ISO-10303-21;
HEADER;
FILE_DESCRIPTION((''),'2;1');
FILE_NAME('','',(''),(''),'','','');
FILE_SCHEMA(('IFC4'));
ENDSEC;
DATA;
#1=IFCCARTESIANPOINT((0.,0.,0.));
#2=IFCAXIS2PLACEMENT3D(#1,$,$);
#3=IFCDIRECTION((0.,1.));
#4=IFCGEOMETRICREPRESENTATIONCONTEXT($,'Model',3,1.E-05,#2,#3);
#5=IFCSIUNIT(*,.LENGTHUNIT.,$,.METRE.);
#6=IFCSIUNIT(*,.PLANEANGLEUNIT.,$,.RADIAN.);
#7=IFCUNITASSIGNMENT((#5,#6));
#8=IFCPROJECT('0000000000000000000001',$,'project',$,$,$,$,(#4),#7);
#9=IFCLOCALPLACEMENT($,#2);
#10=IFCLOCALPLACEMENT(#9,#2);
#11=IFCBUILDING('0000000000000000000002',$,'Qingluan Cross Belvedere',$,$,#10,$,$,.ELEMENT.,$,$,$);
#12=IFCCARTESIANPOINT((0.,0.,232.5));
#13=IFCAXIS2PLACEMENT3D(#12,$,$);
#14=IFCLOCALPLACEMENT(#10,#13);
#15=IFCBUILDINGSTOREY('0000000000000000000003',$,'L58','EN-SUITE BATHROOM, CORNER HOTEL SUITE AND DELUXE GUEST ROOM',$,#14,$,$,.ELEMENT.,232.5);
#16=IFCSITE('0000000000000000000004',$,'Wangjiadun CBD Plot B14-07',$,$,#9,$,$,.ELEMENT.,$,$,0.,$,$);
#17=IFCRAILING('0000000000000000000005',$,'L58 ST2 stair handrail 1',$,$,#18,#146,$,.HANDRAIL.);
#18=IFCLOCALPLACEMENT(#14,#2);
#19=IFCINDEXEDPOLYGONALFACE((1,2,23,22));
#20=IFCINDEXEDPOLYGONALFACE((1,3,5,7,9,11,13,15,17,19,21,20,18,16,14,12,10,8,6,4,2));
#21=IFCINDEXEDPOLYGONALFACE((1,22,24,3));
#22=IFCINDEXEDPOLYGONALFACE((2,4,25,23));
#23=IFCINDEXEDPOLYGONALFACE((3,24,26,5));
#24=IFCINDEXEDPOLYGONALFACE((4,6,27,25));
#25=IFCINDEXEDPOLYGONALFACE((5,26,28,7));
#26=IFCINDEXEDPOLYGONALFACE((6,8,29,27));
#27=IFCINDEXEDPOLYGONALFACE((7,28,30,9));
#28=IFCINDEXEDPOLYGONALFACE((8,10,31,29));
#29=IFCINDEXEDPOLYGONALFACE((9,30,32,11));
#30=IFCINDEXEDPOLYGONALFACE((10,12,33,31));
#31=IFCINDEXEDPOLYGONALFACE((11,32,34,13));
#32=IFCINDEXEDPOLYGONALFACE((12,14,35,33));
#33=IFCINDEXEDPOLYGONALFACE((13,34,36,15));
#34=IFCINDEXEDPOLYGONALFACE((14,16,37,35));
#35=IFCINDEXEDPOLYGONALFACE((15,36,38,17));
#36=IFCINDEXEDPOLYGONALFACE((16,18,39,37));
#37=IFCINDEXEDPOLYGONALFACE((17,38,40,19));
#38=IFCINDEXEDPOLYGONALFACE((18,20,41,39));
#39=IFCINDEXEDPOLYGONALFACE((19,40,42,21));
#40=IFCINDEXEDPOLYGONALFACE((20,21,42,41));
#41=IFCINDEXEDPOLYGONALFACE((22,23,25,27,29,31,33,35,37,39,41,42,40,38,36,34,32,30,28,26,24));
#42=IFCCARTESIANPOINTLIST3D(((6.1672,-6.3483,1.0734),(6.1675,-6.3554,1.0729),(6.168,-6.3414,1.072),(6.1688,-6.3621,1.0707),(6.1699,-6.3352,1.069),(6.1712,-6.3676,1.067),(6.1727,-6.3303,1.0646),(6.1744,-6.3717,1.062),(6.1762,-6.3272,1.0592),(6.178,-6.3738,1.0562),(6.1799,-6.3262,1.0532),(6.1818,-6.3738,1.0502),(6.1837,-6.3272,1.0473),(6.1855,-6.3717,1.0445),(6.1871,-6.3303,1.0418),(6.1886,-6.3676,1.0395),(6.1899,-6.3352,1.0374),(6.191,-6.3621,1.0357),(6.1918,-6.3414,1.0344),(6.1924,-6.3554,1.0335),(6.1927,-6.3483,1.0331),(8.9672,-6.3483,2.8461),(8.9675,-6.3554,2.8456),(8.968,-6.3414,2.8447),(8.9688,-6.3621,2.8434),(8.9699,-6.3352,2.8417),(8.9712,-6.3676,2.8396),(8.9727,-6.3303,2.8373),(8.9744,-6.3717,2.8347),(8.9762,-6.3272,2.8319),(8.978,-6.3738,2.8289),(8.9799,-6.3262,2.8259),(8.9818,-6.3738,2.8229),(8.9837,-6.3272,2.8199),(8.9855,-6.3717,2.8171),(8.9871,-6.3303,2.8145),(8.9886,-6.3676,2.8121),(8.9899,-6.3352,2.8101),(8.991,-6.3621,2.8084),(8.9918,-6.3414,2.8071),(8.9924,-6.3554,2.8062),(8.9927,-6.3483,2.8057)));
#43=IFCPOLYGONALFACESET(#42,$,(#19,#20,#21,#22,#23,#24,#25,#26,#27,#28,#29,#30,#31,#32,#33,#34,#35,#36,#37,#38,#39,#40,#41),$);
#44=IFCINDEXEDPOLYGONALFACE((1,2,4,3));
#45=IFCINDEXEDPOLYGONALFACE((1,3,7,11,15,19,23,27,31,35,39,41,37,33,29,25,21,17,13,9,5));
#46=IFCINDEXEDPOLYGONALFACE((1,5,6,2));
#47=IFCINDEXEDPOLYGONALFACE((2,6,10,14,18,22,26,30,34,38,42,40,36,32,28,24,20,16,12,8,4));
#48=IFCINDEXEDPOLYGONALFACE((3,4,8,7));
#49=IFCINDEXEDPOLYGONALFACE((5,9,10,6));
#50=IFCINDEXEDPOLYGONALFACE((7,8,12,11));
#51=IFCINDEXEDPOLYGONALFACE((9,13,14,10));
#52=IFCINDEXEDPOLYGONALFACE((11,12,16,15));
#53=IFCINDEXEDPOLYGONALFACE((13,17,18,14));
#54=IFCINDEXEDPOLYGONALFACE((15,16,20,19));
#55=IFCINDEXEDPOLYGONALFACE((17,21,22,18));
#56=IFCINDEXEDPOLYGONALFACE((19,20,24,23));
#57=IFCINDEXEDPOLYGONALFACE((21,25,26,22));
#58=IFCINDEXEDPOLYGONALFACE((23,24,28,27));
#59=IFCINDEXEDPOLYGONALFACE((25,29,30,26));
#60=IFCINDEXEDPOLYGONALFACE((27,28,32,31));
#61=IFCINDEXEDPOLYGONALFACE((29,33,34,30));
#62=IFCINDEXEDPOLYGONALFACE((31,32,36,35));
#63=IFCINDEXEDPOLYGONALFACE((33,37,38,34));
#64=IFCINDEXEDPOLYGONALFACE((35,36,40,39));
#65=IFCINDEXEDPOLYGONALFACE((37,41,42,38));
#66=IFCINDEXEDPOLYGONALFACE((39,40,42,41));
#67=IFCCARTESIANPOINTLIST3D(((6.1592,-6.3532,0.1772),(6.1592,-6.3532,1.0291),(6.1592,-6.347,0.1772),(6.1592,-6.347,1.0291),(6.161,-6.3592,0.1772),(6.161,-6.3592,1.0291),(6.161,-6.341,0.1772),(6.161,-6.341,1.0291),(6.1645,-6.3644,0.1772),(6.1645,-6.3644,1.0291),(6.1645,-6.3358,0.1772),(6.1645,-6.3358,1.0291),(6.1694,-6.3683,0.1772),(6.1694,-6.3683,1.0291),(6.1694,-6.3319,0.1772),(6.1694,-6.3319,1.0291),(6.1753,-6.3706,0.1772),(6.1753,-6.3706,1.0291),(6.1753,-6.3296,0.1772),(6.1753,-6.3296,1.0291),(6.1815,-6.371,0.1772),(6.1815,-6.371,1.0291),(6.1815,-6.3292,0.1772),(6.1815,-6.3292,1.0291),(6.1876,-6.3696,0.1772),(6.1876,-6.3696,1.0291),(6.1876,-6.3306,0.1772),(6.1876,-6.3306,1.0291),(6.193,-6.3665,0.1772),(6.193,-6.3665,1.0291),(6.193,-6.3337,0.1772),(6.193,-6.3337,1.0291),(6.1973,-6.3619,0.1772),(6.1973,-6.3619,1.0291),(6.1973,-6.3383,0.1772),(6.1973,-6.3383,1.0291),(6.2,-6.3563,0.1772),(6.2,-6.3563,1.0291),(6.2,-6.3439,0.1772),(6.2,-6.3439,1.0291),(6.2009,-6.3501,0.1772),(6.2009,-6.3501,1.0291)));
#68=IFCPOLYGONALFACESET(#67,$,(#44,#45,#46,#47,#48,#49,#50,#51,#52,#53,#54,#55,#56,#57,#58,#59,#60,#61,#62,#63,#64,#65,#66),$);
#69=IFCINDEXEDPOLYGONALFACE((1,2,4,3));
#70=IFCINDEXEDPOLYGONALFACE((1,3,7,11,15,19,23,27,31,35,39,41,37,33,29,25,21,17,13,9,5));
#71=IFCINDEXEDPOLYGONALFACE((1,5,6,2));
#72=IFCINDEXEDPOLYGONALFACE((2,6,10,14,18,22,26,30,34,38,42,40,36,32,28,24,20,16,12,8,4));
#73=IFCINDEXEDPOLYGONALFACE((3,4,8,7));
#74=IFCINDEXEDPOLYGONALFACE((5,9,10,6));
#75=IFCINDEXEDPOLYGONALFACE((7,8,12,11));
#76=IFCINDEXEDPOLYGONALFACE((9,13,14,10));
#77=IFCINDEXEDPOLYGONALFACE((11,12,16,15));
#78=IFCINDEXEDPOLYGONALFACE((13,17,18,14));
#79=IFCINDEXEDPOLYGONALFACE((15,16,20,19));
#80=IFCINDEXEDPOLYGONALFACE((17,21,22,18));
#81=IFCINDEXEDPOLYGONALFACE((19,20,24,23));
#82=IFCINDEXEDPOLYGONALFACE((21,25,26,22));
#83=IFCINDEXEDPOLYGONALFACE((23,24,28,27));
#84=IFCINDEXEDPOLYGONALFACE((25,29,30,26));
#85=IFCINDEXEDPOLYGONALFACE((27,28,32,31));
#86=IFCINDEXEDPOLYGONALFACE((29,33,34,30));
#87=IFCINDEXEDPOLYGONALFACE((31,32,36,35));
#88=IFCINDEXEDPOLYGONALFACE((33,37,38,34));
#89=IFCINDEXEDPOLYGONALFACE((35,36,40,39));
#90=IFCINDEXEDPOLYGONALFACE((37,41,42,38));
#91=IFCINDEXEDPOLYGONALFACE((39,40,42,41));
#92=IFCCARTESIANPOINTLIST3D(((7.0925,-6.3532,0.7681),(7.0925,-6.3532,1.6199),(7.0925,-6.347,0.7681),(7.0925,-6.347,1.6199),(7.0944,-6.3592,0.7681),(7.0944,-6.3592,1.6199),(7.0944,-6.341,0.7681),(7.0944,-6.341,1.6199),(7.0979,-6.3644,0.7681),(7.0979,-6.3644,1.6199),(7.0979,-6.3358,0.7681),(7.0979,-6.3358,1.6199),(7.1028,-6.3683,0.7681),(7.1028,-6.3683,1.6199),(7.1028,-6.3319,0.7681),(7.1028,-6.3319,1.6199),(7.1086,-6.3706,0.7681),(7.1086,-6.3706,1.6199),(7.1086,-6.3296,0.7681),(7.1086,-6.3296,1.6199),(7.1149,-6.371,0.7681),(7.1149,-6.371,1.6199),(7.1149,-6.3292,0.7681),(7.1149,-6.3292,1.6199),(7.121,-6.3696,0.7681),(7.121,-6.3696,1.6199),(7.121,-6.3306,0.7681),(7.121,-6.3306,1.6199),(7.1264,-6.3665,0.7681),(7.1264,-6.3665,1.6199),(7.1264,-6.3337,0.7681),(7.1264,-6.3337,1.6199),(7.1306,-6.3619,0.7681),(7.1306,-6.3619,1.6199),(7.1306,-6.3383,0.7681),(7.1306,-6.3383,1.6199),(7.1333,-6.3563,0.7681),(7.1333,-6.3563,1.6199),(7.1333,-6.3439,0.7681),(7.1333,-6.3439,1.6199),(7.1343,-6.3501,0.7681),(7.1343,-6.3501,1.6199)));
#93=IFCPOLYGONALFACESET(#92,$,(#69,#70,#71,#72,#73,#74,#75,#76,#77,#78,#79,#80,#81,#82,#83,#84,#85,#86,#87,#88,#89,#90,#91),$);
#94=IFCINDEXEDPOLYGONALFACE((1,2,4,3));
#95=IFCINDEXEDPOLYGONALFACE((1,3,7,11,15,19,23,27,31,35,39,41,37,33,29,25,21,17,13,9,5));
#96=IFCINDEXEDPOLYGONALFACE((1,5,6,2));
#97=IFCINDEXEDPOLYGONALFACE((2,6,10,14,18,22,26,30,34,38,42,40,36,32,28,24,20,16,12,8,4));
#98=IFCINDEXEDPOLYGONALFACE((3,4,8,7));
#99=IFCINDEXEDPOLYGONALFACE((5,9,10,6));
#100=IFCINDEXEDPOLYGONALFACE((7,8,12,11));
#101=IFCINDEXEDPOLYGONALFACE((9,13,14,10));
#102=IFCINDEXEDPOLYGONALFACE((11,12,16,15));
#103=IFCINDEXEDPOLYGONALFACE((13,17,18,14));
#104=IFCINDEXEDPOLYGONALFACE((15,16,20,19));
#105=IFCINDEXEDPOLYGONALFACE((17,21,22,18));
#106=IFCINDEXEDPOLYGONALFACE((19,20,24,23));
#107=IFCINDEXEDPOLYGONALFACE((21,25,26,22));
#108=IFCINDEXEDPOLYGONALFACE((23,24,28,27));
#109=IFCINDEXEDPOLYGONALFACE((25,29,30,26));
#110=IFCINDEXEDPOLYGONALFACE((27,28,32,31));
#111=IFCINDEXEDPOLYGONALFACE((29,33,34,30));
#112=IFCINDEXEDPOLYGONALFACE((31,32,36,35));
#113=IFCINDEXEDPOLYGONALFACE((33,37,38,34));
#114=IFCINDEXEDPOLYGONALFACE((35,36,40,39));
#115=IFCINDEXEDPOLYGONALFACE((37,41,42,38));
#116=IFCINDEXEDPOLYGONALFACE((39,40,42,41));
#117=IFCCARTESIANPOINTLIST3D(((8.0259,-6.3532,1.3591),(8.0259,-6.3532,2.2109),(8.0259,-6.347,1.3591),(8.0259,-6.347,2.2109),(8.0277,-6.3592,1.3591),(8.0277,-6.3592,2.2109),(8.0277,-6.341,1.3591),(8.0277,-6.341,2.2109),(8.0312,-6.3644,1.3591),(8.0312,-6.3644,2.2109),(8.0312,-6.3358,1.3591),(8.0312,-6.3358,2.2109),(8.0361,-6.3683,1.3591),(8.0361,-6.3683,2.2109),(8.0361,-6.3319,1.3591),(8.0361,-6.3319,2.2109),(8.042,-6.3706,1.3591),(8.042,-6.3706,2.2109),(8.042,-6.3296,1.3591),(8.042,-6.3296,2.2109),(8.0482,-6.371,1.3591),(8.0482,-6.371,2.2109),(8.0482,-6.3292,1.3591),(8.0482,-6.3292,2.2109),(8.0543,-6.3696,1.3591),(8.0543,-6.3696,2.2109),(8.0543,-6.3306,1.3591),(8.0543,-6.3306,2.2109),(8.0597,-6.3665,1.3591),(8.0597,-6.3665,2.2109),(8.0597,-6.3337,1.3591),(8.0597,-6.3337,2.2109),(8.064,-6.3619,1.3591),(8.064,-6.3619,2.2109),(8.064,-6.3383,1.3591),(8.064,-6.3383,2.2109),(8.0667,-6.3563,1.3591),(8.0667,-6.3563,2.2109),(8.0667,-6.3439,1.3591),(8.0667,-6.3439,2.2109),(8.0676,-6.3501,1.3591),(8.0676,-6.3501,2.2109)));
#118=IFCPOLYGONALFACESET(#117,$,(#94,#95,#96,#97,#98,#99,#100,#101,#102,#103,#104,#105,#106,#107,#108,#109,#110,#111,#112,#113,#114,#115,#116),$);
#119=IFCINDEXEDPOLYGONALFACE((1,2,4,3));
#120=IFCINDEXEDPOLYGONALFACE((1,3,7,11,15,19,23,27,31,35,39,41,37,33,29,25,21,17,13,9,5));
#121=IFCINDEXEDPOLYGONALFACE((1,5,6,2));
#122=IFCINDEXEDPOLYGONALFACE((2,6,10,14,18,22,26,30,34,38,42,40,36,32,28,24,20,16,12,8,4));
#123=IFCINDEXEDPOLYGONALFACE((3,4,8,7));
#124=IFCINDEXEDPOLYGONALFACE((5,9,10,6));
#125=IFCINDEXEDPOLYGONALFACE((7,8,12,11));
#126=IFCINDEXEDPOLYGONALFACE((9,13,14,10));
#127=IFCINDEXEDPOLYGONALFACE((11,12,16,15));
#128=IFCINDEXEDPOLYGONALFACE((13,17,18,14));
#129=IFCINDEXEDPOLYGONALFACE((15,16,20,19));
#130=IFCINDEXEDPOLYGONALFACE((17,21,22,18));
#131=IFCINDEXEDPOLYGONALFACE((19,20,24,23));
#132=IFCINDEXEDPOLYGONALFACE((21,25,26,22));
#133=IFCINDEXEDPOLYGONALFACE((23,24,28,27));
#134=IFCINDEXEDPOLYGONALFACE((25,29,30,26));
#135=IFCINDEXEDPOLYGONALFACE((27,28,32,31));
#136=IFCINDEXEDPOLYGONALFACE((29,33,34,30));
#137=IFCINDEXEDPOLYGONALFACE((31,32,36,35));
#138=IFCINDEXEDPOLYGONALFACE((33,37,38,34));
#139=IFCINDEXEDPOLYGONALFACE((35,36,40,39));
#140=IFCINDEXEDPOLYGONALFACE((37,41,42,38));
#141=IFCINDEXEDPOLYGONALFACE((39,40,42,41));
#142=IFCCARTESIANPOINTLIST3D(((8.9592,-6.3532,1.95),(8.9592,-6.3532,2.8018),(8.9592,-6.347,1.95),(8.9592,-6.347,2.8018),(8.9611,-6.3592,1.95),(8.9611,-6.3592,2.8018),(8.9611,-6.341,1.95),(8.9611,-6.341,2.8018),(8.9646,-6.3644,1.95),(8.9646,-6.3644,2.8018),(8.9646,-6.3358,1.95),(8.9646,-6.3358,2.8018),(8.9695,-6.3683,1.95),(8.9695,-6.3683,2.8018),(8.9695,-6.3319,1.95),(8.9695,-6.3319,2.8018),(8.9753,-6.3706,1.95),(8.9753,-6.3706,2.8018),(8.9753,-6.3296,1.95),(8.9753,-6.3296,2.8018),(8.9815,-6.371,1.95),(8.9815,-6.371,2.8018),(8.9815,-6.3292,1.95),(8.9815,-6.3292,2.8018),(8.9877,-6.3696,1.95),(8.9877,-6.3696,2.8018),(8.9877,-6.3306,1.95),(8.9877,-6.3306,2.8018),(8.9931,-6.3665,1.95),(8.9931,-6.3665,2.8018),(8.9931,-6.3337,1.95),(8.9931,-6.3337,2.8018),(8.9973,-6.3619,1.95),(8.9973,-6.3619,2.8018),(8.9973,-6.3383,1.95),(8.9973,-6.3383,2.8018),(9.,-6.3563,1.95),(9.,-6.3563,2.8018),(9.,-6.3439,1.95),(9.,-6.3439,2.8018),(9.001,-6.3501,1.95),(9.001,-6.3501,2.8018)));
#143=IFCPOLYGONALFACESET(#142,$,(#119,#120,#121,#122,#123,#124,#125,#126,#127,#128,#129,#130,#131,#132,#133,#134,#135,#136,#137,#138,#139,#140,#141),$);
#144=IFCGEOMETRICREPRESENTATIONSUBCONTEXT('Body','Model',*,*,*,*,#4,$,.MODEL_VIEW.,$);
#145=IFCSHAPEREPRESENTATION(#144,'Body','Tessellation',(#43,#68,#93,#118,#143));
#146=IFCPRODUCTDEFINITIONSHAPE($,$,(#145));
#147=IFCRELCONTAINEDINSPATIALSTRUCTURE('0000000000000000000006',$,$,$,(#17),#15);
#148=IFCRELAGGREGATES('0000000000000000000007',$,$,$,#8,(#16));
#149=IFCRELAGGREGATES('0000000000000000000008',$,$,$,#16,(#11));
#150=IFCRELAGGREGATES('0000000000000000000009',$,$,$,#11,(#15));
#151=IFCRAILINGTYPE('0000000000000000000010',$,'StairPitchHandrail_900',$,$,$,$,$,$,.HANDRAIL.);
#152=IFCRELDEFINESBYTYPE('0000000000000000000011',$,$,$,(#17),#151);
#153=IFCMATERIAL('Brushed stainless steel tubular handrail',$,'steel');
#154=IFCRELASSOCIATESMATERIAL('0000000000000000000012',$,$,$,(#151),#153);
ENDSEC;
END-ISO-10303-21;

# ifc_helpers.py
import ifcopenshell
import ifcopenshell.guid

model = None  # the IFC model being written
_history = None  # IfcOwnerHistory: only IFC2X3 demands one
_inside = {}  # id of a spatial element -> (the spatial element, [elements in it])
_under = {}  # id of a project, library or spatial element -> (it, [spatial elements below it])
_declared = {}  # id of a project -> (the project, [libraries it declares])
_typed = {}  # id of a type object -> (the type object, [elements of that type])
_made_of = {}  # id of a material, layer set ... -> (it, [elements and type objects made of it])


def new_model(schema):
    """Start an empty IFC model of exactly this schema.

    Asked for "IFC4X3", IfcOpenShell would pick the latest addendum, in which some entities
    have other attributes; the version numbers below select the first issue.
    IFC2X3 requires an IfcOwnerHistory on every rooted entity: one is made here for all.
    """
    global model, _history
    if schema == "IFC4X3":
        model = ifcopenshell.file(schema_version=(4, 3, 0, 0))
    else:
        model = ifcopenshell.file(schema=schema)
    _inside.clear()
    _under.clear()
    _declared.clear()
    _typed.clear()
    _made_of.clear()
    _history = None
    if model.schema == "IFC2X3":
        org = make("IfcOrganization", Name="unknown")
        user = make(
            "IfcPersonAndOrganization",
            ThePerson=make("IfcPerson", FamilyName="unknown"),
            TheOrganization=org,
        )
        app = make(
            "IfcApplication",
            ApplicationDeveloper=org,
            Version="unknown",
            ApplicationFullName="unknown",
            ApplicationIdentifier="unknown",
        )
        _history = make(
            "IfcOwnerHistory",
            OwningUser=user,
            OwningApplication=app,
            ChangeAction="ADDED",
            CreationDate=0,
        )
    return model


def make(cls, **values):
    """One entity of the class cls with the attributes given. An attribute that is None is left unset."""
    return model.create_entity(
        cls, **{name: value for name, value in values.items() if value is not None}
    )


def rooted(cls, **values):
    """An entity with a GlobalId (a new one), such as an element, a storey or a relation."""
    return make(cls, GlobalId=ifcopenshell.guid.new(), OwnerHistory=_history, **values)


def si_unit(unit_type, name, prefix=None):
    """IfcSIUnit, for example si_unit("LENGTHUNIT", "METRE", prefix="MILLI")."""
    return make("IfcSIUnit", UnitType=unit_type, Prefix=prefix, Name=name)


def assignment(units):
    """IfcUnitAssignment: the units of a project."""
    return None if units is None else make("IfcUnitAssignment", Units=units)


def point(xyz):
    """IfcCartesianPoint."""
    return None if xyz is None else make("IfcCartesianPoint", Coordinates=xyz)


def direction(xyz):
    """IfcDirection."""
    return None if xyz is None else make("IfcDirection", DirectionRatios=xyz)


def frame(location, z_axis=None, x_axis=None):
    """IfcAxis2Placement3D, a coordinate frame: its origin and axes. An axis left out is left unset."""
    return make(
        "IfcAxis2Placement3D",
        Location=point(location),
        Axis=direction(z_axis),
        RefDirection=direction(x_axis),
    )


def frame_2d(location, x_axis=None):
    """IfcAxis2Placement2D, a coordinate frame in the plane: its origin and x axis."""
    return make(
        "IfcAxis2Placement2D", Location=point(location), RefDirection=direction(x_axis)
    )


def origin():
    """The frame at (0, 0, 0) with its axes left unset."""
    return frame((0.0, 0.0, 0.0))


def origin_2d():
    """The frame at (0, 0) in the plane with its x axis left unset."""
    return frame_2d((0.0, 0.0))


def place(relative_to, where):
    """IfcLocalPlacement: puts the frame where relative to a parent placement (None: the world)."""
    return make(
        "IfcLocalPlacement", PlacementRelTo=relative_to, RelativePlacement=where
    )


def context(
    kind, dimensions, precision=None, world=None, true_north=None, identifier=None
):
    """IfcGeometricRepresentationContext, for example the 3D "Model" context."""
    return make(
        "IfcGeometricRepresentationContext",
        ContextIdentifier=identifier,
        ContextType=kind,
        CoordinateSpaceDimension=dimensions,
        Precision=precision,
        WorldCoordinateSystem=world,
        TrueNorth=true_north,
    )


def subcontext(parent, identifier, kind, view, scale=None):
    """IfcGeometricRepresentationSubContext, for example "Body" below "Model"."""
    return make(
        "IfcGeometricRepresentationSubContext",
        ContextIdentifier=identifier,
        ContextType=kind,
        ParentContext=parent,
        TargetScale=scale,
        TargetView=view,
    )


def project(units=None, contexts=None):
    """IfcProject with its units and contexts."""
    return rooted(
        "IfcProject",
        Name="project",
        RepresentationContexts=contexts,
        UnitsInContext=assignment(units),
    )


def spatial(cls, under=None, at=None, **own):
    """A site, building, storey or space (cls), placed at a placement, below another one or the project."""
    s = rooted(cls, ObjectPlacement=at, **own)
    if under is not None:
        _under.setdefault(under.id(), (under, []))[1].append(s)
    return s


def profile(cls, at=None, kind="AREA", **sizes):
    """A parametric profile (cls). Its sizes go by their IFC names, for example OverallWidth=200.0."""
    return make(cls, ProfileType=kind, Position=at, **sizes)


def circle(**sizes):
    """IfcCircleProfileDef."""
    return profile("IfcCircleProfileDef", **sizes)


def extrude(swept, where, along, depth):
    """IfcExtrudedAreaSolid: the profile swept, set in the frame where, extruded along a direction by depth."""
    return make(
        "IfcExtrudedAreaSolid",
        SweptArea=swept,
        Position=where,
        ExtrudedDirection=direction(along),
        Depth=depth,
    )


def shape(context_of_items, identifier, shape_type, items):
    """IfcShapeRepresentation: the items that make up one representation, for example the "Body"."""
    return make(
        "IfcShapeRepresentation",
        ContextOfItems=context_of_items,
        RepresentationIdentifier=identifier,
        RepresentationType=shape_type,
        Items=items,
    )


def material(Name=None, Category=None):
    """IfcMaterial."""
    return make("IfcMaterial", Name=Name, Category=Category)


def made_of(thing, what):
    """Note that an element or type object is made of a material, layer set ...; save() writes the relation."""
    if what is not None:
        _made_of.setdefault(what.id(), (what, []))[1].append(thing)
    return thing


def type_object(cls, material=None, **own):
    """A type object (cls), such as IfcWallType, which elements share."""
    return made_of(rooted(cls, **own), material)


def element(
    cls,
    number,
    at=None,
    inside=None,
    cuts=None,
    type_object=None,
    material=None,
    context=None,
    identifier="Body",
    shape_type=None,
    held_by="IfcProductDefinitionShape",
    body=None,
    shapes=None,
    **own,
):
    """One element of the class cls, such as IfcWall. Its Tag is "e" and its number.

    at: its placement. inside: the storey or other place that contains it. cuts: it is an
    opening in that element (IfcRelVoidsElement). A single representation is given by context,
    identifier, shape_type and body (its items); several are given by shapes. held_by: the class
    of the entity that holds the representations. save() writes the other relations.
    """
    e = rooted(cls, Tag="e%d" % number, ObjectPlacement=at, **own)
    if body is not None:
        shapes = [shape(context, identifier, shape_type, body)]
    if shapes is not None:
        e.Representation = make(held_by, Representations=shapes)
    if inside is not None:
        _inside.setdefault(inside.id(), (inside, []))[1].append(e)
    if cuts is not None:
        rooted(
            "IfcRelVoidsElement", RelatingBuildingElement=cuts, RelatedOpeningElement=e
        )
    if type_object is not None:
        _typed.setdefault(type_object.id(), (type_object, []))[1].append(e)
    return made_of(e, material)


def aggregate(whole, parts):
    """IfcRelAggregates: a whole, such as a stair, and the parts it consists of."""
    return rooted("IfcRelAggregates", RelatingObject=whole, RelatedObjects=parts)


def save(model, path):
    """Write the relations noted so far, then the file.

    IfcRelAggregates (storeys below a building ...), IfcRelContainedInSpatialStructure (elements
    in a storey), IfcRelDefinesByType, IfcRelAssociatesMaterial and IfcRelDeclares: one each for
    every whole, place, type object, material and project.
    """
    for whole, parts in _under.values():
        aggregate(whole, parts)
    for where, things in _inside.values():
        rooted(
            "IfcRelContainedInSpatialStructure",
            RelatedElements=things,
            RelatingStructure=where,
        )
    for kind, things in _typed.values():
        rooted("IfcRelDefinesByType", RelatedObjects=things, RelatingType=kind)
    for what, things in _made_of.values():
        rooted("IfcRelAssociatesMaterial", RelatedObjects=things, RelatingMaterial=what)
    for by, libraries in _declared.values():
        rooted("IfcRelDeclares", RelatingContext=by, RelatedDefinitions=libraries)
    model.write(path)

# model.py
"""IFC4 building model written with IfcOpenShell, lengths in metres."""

from ifc_helpers import new_model, si_unit, direction, frame, origin, origin_2d, place, context, subcontext, project, spatial, circle, extrude, material, type_object, element, save


model = new_model("IFC4")

# Units and contexts
model_context = context("Model", 3, precision=1e-05, world=origin(), true_north=direction((0.0, 1.0)))
body_context = subcontext(model_context, "Body", "Model", "MODEL_VIEW")
ifc_project = project(units=[si_unit("LENGTHUNIT", "METRE"), si_unit("PLANEANGLEUNIT", "RADIAN")], contexts=[model_context])

# Site, building, storey
site_placement = place(None, origin())
site = spatial("IfcSite", under=ifc_project, at=site_placement, Name="Wangjiadun CBD Plot B14-07", CompositionType="ELEMENT", RefElevation=0.0)
building_placement = place(site_placement, origin())
building = spatial("IfcBuilding", under=site, at=building_placement, Name="Qingluan Cross Belvedere", CompositionType="ELEMENT")
storey_placement = place(building_placement, frame((0.0, 0.0, 232.5)))
storey = spatial("IfcBuildingStorey", under=building, at=storey_placement, Name="L58", Description="EN-SUITE BATHROOM, CORNER HOTEL SUITE AND DELUXE GUEST ROOM", CompositionType="ELEMENT", Elevation=232.5)

# Railing
ifc_material_1 = material(Name="Brushed stainless steel tubular handrail", Category="steel")
railing_type_1 = type_object("IfcRailingType", Name="StairPitchHandrail_900", PredefinedType="HANDRAIL", material=ifc_material_1)
railing_1_placement = place(storey_placement, frame((6.1799, -6.3501, 0.1772)))
element("IfcRailing", 1, at=railing_1_placement, inside=storey, type_object=railing_type_1, Name="L58 ST2 stair handrail 1", PredefinedType="HANDRAIL", context=body_context, shape_type="SweptSolid", body=[
    extrude(circle(Radius=0.0239, at=origin_2d()), frame((0.0, 0.0, 0.876), z_axis=(0.844909, 0.0, 0.53491), x_axis=(0.0, 1.0, 0.0)), (0.0, 0.0, 1.0), 3.314),
    extrude(circle(Radius=0.021, at=origin_2d()), origin(), (0.0, 0.0, 1.0), 0.8518),
    extrude(circle(Radius=0.021, at=origin_2d()), frame((0.9333, 0.0, 0.5908)), (0.0, 0.0, 1.0), 0.8518),
    extrude(circle(Radius=0.021, at=origin_2d()), frame((1.8667, 0.0, 1.1819)), (0.0, 0.0, 1.0), 0.8518),
    extrude(circle(Radius=0.021, at=origin_2d()), frame((2.8, 0.0, 1.7727)), (0.0, 0.0, 1.0), 0.8518),
])

save(model, "model.ifc")
